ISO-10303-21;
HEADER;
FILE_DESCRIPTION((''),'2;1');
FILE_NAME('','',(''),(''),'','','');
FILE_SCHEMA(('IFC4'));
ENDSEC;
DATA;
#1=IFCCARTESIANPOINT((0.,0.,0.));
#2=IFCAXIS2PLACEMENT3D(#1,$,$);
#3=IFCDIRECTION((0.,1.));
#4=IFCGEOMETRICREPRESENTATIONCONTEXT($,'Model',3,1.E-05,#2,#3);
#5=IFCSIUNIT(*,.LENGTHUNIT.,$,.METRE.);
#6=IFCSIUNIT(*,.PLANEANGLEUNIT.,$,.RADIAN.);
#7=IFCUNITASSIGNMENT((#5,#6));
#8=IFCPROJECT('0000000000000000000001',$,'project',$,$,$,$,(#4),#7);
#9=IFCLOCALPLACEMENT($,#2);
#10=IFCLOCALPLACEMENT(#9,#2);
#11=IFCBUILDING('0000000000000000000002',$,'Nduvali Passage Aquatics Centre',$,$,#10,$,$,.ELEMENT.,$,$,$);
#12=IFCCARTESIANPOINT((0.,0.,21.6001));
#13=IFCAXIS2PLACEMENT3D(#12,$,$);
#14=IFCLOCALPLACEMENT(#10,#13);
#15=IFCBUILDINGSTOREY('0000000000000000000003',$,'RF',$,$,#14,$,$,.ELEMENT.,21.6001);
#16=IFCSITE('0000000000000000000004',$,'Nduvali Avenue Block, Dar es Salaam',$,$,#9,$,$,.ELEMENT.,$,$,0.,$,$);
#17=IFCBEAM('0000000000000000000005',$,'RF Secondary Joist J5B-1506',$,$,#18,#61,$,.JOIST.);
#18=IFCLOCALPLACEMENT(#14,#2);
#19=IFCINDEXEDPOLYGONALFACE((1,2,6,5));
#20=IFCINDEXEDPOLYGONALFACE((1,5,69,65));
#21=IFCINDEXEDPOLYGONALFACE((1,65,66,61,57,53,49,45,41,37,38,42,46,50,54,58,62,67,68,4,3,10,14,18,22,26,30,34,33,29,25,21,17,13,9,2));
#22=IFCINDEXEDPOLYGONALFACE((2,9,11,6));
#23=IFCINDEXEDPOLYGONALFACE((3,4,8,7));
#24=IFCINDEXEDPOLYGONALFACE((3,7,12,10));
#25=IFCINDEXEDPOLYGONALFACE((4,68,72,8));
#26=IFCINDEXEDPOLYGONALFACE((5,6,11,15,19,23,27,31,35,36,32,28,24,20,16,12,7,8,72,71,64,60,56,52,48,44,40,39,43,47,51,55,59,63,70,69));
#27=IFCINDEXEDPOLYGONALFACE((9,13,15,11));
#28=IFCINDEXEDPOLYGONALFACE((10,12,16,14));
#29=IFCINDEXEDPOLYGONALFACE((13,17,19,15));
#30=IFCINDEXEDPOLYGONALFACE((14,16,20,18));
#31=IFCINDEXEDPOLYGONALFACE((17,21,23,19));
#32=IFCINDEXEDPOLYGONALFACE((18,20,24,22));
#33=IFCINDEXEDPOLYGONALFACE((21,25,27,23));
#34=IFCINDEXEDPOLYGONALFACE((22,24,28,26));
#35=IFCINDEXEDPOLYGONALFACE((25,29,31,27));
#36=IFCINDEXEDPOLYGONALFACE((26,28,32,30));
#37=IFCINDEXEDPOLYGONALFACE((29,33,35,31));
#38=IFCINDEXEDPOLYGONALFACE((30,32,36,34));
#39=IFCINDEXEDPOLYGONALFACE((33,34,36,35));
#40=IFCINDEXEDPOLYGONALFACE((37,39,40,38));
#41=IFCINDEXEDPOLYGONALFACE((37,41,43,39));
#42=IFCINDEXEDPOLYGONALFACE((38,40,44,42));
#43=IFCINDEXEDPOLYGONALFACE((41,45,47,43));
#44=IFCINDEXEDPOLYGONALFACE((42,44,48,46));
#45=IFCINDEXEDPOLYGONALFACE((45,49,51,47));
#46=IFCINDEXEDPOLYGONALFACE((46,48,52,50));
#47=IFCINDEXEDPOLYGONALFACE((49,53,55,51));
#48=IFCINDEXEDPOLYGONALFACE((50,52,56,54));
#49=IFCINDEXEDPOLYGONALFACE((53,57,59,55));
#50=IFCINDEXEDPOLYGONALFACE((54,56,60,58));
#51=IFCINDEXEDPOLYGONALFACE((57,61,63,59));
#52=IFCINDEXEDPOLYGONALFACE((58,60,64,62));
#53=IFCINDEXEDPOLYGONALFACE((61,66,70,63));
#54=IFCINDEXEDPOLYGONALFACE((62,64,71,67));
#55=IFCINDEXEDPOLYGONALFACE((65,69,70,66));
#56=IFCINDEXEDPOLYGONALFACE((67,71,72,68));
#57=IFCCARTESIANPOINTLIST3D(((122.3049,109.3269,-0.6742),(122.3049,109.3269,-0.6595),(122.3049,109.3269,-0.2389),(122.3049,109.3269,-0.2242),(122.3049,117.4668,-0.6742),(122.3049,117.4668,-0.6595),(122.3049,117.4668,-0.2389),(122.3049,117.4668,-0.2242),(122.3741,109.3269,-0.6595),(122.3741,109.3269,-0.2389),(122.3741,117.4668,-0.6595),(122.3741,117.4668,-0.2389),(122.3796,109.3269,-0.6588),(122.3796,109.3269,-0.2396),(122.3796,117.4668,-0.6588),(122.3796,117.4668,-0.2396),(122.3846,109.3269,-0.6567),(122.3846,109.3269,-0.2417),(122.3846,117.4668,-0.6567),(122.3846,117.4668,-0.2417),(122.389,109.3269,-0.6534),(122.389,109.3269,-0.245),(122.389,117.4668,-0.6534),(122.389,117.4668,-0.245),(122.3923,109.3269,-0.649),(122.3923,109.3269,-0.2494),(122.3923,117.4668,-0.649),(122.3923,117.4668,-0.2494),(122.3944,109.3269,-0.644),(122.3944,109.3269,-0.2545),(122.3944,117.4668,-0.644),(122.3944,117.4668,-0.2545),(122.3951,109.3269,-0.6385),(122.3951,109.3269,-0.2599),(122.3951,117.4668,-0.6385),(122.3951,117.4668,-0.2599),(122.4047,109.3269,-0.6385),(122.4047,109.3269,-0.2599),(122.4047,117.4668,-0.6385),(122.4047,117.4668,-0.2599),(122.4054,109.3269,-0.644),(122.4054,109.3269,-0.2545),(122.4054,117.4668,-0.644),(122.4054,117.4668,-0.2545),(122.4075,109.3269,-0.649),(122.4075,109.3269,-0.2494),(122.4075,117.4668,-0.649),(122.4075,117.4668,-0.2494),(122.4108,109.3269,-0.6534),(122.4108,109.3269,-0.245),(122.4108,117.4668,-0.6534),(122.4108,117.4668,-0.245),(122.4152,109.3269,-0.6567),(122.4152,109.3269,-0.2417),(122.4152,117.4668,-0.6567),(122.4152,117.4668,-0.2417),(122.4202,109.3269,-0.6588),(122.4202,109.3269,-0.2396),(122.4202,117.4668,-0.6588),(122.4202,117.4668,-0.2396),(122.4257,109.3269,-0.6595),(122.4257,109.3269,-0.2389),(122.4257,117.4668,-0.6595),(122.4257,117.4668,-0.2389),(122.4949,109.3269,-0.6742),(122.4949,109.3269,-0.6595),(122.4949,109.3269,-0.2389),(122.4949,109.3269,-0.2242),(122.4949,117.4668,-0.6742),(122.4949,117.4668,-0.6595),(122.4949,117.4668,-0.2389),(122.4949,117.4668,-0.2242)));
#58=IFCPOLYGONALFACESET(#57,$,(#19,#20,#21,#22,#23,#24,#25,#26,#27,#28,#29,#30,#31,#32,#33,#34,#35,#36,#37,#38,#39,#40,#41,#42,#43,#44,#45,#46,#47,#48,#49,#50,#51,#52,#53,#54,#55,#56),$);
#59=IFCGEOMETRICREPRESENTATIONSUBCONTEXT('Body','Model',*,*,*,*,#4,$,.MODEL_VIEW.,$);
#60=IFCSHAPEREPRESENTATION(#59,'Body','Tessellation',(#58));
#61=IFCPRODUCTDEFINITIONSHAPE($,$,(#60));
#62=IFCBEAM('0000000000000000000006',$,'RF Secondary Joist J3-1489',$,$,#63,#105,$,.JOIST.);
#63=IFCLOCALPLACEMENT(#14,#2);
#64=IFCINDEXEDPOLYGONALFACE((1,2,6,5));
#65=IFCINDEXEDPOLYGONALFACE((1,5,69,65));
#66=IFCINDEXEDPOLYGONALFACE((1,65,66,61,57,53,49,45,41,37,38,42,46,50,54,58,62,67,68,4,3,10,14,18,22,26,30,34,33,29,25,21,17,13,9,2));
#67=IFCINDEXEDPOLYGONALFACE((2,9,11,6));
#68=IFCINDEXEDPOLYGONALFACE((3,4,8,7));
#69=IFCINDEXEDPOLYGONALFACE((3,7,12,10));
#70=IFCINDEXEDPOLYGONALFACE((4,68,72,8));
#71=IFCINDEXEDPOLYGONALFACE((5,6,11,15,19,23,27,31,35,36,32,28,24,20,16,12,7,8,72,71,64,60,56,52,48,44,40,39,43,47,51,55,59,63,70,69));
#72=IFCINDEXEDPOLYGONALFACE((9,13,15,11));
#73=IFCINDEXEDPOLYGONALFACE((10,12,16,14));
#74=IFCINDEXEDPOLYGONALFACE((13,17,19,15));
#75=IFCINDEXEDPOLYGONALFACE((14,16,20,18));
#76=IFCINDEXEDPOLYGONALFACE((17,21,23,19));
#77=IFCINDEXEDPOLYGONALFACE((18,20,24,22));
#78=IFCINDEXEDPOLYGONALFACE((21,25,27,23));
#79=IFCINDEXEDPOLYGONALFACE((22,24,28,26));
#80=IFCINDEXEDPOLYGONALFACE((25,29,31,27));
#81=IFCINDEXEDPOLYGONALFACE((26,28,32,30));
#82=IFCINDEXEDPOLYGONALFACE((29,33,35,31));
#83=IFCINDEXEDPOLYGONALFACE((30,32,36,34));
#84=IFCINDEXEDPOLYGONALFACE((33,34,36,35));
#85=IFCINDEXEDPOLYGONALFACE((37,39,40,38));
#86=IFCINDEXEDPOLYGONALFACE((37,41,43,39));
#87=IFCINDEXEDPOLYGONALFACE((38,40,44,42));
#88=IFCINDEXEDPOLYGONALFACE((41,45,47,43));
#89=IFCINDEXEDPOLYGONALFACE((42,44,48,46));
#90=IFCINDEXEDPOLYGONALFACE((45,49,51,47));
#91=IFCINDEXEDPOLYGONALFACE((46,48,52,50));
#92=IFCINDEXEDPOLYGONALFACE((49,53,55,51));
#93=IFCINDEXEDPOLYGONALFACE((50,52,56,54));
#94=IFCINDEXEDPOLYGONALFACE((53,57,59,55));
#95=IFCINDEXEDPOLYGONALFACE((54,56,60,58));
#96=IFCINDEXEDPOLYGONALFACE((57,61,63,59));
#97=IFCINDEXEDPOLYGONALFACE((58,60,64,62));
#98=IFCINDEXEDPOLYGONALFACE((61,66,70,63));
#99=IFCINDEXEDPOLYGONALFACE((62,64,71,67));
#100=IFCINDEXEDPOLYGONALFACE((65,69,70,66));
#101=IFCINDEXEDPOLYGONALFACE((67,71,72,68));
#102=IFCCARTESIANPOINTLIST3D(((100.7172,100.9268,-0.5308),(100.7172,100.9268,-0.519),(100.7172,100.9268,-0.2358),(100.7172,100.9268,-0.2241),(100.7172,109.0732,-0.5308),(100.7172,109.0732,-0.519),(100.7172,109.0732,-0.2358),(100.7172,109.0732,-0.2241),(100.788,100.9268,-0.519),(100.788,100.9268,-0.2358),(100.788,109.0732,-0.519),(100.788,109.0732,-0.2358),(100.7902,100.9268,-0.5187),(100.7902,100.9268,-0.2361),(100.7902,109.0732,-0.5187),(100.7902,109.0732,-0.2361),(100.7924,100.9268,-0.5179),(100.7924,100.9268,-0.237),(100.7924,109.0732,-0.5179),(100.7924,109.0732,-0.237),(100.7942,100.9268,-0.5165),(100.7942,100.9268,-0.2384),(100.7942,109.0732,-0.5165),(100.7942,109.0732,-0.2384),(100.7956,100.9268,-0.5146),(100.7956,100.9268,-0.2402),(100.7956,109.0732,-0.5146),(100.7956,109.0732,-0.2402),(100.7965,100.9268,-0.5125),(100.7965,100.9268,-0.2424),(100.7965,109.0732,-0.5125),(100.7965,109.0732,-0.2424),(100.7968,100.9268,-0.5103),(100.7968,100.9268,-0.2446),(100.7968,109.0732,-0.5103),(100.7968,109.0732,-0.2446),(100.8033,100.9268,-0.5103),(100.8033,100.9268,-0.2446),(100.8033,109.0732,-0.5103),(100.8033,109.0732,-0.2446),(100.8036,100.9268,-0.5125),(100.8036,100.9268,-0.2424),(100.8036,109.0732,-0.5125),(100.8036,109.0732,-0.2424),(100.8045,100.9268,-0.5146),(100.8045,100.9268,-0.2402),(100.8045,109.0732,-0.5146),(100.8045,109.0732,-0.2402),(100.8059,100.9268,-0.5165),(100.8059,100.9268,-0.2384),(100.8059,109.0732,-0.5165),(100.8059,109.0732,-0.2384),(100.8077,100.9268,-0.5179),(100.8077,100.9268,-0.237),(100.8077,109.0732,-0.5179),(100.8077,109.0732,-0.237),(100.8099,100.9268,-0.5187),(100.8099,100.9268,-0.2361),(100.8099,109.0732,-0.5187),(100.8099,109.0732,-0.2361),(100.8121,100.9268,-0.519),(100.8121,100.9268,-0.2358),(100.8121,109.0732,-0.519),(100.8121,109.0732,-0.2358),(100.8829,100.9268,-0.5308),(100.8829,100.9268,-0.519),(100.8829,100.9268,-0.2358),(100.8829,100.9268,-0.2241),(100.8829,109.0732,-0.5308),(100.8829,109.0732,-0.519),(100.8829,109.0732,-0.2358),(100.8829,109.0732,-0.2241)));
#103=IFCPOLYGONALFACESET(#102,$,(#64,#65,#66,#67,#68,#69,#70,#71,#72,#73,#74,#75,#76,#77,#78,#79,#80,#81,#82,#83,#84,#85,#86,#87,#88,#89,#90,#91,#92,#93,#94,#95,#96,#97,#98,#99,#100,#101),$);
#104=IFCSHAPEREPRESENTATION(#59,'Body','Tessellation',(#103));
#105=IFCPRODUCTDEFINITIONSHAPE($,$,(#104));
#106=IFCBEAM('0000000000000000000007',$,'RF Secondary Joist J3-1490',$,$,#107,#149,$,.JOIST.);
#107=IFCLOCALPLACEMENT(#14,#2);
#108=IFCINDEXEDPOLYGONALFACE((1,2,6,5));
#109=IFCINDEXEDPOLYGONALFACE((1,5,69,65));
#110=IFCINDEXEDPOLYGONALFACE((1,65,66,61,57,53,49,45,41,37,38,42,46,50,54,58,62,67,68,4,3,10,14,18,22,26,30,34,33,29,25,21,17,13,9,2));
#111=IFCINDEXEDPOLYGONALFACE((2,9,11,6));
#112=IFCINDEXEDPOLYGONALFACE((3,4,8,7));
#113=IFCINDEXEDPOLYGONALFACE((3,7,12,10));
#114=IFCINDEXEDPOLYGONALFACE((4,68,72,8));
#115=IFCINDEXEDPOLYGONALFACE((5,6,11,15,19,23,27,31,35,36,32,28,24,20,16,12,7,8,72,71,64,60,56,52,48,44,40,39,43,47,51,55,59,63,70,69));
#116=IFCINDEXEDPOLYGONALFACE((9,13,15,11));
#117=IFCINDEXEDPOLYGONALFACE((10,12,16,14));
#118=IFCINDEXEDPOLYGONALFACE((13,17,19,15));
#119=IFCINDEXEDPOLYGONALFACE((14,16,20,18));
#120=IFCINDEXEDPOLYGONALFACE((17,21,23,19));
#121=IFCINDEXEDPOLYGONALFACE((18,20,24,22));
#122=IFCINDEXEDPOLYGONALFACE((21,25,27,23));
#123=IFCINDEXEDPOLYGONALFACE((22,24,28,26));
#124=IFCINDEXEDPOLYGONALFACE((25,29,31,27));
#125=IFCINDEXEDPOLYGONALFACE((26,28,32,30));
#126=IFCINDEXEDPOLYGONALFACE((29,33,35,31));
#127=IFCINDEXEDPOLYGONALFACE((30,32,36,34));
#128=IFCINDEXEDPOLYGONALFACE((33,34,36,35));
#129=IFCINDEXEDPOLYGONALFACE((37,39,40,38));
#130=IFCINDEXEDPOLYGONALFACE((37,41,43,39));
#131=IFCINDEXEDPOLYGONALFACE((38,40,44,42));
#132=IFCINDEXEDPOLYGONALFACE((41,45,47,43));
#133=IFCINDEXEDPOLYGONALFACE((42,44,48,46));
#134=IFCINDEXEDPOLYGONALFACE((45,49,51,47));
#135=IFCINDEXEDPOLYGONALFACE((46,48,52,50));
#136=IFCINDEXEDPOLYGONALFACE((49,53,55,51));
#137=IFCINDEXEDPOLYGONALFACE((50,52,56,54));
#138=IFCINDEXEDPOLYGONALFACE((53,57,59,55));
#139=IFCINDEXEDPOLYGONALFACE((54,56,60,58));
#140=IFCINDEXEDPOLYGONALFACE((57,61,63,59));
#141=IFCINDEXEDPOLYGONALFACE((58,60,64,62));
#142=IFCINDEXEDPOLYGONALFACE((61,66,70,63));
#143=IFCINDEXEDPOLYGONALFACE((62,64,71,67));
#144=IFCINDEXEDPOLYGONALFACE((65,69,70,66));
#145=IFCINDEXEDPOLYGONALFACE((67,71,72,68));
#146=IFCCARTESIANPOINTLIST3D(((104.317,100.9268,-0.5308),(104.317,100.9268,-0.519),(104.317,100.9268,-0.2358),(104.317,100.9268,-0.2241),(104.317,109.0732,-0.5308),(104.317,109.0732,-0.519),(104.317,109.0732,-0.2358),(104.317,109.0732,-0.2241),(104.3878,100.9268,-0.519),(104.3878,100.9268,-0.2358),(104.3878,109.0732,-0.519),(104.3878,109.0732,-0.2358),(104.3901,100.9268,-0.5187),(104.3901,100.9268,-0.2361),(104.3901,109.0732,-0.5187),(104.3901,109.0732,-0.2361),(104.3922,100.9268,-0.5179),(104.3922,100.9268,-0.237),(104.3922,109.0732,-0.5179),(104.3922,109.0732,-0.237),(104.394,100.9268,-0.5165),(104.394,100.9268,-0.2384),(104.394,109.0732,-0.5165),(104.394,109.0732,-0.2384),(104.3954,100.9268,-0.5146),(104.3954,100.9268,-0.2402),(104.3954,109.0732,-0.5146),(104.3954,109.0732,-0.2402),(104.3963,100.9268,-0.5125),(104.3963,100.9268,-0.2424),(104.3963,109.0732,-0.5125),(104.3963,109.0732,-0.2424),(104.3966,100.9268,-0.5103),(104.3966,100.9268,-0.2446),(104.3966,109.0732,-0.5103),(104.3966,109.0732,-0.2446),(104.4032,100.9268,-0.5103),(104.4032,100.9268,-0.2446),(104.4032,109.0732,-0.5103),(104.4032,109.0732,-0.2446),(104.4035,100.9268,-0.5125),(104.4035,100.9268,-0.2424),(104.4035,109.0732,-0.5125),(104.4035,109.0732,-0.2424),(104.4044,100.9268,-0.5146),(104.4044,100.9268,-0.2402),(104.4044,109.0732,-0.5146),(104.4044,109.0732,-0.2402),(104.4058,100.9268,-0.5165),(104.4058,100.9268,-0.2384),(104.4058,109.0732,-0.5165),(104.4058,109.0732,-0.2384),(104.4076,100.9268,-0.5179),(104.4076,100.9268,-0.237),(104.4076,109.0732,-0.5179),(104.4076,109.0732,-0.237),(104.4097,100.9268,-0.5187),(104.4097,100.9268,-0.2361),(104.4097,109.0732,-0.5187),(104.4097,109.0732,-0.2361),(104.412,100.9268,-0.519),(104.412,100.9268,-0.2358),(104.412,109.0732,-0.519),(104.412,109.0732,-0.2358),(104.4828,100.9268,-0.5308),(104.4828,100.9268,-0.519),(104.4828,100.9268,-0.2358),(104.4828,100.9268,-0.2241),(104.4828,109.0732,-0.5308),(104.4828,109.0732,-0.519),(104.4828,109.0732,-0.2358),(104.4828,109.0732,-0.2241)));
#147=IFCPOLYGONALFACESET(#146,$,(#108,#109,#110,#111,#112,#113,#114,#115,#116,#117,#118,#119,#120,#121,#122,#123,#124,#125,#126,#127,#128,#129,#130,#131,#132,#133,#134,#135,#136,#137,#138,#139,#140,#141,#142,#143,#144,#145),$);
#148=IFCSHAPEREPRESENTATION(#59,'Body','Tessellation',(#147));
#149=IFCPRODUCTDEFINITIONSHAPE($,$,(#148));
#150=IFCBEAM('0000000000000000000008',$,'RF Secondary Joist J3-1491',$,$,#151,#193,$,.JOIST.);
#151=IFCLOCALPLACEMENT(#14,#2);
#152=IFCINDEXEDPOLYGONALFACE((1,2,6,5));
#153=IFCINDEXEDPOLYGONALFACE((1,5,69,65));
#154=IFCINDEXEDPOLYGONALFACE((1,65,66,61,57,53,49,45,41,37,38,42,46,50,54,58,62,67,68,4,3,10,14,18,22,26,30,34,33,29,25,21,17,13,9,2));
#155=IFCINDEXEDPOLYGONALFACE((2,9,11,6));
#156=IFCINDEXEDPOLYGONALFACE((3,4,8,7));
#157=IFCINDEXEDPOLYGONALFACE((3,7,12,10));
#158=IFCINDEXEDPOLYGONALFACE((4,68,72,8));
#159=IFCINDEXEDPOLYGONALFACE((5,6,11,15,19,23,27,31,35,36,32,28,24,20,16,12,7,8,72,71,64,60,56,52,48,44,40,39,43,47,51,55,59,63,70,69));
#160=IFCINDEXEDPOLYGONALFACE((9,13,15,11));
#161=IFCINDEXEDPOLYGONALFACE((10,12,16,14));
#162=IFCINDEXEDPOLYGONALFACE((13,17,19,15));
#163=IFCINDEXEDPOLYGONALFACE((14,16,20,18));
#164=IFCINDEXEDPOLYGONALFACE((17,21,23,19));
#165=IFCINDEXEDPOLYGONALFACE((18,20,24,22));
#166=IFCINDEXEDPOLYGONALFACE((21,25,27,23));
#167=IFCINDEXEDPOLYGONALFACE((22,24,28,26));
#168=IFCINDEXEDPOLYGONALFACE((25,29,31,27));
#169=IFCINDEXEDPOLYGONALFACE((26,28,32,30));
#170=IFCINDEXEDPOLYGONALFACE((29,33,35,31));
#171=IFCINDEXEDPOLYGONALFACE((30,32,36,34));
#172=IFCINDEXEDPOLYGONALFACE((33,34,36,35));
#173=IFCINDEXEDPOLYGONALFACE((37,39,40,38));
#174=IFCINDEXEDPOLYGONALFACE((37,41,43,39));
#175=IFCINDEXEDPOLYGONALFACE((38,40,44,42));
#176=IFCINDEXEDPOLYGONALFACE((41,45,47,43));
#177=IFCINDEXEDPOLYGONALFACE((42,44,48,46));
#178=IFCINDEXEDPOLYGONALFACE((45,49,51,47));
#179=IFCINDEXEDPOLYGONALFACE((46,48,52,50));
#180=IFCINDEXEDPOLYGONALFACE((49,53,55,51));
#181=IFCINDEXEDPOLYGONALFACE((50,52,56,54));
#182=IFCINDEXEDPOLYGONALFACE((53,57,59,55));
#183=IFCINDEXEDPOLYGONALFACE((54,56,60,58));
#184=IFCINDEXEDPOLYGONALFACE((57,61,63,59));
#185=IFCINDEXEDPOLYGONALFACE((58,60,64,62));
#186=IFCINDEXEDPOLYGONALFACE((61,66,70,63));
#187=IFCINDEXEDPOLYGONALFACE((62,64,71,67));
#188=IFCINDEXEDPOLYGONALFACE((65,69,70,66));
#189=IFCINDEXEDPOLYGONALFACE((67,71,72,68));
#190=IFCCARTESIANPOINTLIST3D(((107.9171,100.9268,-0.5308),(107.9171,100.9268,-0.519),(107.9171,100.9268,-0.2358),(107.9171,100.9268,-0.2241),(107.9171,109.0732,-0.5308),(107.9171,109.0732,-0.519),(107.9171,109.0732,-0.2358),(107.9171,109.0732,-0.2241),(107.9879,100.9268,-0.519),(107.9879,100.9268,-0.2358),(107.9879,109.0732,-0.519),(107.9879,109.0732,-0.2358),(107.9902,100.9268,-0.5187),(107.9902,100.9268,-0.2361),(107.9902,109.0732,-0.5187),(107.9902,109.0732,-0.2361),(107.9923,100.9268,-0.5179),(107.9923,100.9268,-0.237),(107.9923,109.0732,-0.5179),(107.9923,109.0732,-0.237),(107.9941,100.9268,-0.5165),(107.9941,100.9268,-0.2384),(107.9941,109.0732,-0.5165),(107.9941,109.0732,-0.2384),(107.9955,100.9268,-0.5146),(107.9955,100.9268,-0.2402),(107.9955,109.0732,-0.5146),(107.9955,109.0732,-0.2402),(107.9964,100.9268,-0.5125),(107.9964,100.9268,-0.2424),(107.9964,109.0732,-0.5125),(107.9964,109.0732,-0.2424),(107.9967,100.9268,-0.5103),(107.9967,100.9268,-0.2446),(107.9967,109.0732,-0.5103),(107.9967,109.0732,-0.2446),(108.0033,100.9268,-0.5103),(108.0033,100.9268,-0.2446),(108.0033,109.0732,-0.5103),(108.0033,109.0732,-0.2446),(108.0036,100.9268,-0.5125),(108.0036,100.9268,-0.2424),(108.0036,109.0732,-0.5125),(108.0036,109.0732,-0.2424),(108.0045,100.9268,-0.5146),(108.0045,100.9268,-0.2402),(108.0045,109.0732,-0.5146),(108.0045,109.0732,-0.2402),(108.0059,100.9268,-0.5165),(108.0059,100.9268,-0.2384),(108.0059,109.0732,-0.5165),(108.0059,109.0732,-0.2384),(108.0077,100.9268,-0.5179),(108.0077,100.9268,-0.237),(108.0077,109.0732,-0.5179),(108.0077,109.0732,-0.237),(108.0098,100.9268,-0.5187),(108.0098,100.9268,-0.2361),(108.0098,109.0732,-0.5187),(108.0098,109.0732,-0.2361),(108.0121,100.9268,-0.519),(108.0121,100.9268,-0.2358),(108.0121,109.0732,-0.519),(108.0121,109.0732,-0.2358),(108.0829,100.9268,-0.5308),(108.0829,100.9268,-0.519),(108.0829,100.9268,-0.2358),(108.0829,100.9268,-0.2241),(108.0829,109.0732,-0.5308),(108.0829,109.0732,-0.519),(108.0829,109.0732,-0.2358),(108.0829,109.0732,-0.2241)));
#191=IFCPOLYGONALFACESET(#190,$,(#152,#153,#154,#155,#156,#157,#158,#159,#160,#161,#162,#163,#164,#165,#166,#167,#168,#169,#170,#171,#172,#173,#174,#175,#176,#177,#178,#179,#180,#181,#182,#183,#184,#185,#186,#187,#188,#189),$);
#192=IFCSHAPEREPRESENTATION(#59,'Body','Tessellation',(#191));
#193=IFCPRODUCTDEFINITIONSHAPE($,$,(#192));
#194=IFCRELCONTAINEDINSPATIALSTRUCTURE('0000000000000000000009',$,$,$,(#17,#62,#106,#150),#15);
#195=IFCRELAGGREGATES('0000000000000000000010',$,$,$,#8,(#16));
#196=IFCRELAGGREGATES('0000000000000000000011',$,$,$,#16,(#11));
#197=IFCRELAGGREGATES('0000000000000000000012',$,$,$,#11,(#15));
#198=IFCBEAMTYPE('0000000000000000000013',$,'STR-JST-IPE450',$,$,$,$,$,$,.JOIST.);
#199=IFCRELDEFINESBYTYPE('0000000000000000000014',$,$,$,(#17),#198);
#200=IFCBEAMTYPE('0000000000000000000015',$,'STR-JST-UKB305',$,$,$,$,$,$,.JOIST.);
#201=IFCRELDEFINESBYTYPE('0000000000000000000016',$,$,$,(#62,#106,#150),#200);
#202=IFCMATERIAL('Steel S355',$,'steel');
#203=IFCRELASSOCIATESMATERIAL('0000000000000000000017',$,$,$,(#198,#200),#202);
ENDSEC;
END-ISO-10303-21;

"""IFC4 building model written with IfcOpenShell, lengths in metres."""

from ifc_helpers import new_model, si_unit, direction, frame, origin, origin_2d, place, context, subcontext, project, spatial, i_section, extrude, material, material_profile, profile_set, type_object, element, save


model = new_model("IFC4")

# Units and contexts
model_context = context("Model", 3, precision=1e-05, world=origin(), true_north=direction((0.0, 1.0)))
body_context = subcontext(model_context, "Body", "Model", "MODEL_VIEW")
ifc_project = project(units=[si_unit("LENGTHUNIT", "METRE"), si_unit("PLANEANGLEUNIT", "RADIAN")], contexts=[model_context])

# Site, building, storey
site_placement = place(None, origin())
site = spatial("IfcSite", under=ifc_project, at=site_placement, Name="Nduvali Avenue Block, Dar es Salaam", CompositionType="ELEMENT", RefElevation=0.0)
building_placement = place(site_placement, origin())
building = spatial("IfcBuilding", under=site, at=building_placement, Name="Nduvali Passage Aquatics Centre", CompositionType="ELEMENT")
storey_placement = place(building_placement, frame((0.0, 0.0, 21.6001)))
storey = spatial("IfcBuildingStorey", under=building, at=storey_placement, Name="RF", CompositionType="ELEMENT", Elevation=21.6001)

# Beams
ifc_material_1 = material(Name="Steel S355", Category="steel")
ifc_material_profile_1 = material_profile(ifc_material_1, i_section(OverallWidth=0.1899, OverallDepth=0.45, WebThickness=0.0095, FlangeThickness=0.0146, FilletRadius=0.021, at=origin_2d()), Name="IPE 450")
ifc_profile_set_1 = profile_set([ifc_material_profile_1], Name="Steel S355")
beam_type_1 = type_object("IfcBeamType", Name="STR-JST-IPE450", PredefinedType="JOIST", material=ifc_profile_set_1)
for number, where, z_axis, x_axis, name in (
    (1, (122.3999, 109.3269, -0.4492), (0.0, 1.0, 0.0), (-1.0, 0.0, 0.0), "RF Secondary Joist J5B-1506"),
):
    element("IfcBeam", number, at=place(storey_placement, frame(where, z_axis=z_axis, x_axis=x_axis)), inside=storey, type_object=beam_type_1, Name=name, PredefinedType="JOIST", context=body_context, shape_type="SweptSolid", body=[
        extrude(i_section(OverallWidth=0.1899, OverallDepth=0.45, WebThickness=0.0095, FlangeThickness=0.0146, FilletRadius=0.021, at=origin_2d()), origin(), (0.0, 0.0, 1.0), 8.1399),
    ])
ifc_material_profile_2 = material_profile(ifc_material_1, i_section(OverallWidth=0.1658, OverallDepth=0.3066, WebThickness=0.0066, FlangeThickness=0.0117, FilletRadius=0.0088, at=origin_2d()), Name="UKB 305x165x46")
ifc_profile_set_2 = profile_set([ifc_material_profile_2], Name="Steel S355")
beam_type_2 = type_object("IfcBeamType", Name="STR-JST-UKB305", PredefinedType="JOIST", material=ifc_profile_set_2)
for number, where, z_axis, x_axis, name in (
    (2, (100.8, 100.9268, -0.3774), (0.0, 1.0, 0.0), (-1.0, 0.0, 0.0), "RF Secondary Joist J3-1489"),
    (3, (104.3999, 100.9268, -0.3774), (0.0, 1.0, 0.0), (-1.0, 0.0, 0.0), "RF Secondary Joist J3-1490"),
    (4, (108.0, 100.9268, -0.3774), (0.0, 1.0, 0.0), (-1.0, 0.0, 0.0), "RF Secondary Joist J3-1491"),
):
    element("IfcBeam", number, at=place(storey_placement, frame(where, z_axis=z_axis, x_axis=x_axis)), inside=storey, type_object=beam_type_2, Name=name, PredefinedType="JOIST", context=body_context, shape_type="SweptSolid", body=[
        extrude(i_section(OverallWidth=0.1658, OverallDepth=0.3066, WebThickness=0.0066, FlangeThickness=0.0117, FilletRadius=0.0088, at=origin_2d()), origin(), (0.0, 0.0, 1.0), 8.1465),
    ])

save(model, "model.ifc")
